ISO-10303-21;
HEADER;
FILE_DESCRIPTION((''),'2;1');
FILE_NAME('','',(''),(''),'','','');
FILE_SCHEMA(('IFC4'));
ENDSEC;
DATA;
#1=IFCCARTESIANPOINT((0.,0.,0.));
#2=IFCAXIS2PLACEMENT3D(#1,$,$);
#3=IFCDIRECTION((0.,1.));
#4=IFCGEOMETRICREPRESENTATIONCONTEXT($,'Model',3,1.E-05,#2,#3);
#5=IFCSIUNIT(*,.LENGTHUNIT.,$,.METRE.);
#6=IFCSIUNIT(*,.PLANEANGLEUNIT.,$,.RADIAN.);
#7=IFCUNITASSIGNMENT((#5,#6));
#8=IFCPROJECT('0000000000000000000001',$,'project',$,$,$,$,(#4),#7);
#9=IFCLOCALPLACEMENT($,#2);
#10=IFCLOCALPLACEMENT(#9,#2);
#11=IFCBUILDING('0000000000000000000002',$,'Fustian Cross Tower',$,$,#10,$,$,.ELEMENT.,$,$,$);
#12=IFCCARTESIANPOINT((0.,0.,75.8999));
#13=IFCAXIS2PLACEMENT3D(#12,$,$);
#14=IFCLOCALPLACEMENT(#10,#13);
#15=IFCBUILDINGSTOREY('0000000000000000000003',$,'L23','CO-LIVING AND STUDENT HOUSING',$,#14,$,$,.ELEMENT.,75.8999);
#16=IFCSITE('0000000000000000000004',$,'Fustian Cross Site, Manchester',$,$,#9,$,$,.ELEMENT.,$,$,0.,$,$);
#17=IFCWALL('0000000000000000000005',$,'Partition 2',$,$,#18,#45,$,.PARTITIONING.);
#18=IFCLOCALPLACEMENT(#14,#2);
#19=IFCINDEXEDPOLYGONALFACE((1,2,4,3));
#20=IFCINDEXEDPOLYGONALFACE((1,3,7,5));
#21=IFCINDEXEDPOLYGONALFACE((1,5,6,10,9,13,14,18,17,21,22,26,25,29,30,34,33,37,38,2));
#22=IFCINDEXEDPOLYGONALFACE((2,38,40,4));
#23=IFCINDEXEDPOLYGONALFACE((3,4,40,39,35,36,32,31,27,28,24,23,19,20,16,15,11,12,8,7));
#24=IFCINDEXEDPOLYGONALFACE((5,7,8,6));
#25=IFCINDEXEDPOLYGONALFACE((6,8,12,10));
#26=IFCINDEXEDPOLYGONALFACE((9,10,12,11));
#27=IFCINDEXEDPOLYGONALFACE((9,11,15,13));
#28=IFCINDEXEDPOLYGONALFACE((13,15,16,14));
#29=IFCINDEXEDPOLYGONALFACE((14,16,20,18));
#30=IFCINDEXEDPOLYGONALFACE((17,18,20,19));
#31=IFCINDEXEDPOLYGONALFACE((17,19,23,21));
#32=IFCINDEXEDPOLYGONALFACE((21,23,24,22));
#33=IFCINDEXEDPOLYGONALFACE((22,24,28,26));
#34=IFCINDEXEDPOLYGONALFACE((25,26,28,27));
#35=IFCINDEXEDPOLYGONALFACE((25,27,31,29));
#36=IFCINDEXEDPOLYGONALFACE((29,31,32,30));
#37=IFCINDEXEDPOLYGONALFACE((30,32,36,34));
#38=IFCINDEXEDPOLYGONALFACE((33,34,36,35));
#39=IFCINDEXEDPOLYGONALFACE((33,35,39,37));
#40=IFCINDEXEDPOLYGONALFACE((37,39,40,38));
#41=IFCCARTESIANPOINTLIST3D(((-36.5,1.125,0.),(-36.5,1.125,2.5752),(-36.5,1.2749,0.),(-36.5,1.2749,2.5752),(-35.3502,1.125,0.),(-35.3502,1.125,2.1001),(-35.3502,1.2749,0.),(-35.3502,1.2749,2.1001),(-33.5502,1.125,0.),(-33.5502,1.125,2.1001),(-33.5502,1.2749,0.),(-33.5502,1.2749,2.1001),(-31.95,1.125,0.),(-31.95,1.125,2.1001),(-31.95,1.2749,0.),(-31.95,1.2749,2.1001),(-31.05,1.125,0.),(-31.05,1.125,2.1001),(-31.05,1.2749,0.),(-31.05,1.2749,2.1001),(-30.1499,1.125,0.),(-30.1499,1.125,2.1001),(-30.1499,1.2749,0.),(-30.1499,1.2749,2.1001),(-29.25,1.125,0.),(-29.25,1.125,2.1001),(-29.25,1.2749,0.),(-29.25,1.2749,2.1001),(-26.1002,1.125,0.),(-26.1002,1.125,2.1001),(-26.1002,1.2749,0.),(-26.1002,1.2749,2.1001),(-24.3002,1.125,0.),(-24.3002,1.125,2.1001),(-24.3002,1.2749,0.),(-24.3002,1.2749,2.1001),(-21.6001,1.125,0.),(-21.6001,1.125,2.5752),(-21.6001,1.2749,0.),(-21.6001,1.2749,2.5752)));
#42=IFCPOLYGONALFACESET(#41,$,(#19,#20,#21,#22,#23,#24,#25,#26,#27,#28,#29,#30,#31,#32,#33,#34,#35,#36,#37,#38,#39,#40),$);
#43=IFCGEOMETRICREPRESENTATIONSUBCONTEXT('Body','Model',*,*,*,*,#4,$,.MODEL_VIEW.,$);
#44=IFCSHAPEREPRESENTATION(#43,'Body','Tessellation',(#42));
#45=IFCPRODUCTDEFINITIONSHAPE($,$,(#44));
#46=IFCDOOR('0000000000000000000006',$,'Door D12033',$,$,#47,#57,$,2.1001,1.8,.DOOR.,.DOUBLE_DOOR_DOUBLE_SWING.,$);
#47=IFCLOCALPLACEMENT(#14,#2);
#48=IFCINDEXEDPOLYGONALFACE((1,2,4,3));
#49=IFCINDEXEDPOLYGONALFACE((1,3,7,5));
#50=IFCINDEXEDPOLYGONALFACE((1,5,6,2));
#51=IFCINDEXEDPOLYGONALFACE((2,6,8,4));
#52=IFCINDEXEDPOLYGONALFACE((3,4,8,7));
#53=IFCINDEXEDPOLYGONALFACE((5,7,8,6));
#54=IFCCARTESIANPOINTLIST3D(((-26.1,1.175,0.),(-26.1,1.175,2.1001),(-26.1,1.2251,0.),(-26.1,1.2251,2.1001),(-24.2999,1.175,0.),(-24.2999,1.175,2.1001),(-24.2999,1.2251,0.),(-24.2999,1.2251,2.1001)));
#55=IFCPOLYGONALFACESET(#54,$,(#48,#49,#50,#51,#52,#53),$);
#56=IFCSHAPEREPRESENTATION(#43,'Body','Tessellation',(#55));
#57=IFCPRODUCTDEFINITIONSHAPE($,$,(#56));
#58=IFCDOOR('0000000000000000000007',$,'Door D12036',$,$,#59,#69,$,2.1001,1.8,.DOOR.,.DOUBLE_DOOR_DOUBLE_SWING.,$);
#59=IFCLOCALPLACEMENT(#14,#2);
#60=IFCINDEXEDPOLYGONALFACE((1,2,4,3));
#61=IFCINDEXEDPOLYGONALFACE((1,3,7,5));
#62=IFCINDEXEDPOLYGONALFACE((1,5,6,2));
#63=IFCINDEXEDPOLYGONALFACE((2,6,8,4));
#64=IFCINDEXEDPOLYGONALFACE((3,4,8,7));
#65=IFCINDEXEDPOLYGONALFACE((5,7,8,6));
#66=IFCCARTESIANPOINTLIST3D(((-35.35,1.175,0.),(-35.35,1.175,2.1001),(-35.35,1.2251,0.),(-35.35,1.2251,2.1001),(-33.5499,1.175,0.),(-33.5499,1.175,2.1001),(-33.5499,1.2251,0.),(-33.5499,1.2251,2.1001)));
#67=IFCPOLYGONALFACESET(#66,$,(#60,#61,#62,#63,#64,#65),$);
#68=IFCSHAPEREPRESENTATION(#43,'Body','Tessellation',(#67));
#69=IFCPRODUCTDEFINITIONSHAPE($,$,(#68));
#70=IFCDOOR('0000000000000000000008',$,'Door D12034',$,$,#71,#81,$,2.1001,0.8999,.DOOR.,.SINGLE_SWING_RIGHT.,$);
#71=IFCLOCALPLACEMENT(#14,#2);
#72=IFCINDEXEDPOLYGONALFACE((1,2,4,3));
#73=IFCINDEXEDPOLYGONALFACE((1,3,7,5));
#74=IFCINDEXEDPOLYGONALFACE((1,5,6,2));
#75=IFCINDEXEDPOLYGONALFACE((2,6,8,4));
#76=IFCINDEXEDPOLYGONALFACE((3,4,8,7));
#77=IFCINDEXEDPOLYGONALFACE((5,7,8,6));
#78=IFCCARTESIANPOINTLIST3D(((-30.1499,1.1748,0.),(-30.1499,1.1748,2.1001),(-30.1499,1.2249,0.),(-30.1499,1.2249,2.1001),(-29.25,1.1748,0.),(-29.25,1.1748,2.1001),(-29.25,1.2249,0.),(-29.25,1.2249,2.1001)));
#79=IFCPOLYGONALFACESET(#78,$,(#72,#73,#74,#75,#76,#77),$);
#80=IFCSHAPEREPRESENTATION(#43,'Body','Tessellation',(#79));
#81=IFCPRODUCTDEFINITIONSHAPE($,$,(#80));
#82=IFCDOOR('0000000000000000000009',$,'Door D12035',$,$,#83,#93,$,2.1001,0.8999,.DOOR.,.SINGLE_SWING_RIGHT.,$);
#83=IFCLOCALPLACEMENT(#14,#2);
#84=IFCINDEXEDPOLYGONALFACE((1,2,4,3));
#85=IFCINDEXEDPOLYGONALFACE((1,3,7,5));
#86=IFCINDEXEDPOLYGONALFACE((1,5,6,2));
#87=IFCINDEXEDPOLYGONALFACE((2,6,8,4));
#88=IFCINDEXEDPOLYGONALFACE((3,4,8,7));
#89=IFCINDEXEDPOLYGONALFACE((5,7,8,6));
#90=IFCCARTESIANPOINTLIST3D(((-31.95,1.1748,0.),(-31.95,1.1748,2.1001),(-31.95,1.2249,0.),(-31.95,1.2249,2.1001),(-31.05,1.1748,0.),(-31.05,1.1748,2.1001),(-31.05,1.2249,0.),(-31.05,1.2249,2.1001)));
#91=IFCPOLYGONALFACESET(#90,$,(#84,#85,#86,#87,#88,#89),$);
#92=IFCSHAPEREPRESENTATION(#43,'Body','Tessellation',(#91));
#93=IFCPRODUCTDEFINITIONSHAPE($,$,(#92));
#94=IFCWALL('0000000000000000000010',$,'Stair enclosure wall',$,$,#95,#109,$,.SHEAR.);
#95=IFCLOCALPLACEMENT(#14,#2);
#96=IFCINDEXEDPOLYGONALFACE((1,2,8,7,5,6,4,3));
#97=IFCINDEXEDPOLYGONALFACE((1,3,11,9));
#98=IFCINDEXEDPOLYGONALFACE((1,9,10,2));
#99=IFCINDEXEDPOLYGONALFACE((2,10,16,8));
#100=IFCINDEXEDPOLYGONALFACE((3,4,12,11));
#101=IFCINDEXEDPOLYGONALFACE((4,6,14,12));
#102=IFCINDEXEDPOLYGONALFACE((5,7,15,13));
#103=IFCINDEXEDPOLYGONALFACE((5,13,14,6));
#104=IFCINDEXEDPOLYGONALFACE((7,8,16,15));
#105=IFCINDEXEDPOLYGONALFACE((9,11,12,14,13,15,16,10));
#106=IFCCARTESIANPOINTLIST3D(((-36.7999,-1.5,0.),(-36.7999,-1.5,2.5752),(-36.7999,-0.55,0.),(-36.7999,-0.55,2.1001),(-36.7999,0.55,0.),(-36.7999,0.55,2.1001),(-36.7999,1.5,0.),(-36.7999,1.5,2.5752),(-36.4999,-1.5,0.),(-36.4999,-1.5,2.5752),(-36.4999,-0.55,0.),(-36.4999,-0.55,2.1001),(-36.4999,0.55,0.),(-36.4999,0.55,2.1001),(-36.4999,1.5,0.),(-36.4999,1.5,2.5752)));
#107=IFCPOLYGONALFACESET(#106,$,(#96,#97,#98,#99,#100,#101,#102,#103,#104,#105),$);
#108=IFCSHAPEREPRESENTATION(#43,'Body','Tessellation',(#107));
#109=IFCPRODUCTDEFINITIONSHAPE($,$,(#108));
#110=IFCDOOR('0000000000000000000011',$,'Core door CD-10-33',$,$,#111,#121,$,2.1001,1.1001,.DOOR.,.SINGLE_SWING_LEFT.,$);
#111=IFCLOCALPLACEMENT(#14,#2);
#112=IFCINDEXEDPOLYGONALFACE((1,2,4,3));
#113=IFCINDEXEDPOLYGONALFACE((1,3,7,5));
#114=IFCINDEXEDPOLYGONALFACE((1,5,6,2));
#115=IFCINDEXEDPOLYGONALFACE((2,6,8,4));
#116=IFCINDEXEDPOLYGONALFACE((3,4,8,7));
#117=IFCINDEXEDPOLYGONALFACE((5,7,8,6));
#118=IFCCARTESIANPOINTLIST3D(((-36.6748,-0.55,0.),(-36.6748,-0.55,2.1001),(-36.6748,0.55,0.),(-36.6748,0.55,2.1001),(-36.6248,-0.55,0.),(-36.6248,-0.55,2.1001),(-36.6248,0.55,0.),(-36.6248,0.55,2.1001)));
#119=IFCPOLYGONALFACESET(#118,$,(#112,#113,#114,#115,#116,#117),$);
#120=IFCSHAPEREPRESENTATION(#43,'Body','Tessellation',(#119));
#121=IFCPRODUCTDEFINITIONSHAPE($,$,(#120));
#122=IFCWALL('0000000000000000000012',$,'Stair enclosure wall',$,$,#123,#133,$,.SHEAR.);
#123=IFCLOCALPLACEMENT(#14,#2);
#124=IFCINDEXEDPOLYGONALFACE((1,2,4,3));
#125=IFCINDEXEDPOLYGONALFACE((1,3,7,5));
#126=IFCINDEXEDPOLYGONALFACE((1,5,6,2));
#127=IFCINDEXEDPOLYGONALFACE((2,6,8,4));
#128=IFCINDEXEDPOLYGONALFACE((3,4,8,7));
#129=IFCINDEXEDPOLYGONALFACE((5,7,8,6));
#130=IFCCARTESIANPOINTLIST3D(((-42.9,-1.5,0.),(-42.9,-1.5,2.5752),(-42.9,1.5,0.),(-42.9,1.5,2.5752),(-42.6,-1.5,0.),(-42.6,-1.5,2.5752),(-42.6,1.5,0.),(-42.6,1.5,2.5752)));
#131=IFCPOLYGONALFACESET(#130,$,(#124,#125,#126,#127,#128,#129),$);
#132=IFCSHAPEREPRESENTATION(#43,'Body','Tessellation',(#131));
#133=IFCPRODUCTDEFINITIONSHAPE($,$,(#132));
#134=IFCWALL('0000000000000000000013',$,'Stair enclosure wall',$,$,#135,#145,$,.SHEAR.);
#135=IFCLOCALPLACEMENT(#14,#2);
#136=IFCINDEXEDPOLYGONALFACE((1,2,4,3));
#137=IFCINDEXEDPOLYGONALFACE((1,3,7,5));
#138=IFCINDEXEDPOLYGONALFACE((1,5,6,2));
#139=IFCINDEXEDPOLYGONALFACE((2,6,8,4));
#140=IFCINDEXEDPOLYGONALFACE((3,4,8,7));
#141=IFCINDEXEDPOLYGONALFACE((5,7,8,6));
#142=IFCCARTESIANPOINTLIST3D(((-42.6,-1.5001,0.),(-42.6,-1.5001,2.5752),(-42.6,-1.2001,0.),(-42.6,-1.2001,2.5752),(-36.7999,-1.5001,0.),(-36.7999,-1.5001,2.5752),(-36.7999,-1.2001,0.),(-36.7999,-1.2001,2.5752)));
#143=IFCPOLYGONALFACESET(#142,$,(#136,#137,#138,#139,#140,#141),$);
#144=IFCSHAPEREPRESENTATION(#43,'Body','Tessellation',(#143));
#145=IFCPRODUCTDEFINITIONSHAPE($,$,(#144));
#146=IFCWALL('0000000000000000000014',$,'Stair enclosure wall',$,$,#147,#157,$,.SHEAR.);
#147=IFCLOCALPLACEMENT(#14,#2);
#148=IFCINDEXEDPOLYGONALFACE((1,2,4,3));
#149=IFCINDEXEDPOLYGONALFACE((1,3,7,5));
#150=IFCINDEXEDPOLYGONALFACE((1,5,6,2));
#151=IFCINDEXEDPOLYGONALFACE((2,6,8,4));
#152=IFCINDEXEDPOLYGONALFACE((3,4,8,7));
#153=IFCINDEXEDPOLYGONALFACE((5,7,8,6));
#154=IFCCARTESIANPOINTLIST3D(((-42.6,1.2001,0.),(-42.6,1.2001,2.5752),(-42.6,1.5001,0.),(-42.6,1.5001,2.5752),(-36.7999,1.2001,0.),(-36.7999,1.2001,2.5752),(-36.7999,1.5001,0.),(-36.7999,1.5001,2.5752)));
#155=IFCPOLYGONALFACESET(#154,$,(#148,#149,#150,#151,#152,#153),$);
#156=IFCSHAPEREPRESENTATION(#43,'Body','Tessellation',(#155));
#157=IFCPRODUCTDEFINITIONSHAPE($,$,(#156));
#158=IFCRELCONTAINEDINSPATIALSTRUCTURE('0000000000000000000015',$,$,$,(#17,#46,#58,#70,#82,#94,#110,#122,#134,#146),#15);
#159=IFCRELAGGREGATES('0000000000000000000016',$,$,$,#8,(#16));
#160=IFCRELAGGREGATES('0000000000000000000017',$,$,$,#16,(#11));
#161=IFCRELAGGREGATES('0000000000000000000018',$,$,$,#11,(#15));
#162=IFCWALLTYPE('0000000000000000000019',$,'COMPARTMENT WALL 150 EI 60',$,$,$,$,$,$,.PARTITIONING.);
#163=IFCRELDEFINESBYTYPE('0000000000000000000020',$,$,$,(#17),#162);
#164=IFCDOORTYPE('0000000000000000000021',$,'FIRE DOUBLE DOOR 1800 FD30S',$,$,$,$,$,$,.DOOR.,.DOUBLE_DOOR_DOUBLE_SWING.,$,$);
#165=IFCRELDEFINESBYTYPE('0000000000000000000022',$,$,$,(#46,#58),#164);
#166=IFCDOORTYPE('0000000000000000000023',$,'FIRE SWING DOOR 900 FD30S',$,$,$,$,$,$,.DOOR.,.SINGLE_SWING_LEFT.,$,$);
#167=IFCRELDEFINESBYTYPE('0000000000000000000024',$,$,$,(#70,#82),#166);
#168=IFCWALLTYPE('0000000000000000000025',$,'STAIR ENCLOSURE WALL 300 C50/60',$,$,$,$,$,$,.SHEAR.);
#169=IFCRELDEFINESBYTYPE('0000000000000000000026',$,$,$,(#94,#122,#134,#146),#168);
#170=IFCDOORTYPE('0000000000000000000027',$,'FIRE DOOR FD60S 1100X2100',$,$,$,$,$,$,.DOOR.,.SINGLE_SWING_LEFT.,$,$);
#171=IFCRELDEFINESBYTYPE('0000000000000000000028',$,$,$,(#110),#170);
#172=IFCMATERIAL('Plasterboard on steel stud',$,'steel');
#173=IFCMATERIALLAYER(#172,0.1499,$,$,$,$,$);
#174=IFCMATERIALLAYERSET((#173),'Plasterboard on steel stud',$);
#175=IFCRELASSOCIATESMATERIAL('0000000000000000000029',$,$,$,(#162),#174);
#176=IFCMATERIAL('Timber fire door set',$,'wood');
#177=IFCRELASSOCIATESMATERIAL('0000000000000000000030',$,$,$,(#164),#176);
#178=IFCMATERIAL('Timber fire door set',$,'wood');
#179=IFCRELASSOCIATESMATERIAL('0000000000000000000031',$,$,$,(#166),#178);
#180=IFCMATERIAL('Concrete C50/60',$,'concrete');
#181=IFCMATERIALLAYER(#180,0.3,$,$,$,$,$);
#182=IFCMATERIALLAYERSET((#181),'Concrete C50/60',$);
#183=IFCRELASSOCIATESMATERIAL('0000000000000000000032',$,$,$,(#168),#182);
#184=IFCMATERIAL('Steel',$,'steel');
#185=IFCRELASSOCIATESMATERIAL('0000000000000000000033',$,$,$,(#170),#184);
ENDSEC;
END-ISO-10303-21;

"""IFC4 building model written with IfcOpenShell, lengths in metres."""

from ifc_helpers import new_model, si_unit, direction, frame, frame_2d, origin, place, context, subcontext, project, spatial, rectangle, extrude, material, layer, layer_set, type_object, element, fill, save


model = new_model("IFC4")

# Units and contexts
model_context = context("Model", 3, precision=1e-05, world=origin(), true_north=direction((0.0, 1.0)))
body_context = subcontext(model_context, "Body", "Model", "MODEL_VIEW")
ifc_project = project(units=[si_unit("LENGTHUNIT", "METRE"), si_unit("PLANEANGLEUNIT", "RADIAN")], contexts=[model_context])

# Site, building, storey
site_placement = place(None, origin())
site = spatial("IfcSite", under=ifc_project, at=site_placement, Name="Fustian Cross Site, Manchester", CompositionType="ELEMENT", RefElevation=0.0)
building_placement = place(site_placement, origin())
building = spatial("IfcBuilding", under=site, at=building_placement, Name="Fustian Cross Tower", CompositionType="ELEMENT")
storey_placement = place(building_placement, frame((0.0, 0.0, 75.8999)))
storey = spatial("IfcBuildingStorey", under=building, at=storey_placement, Name="L23", Description="CO-LIVING AND STUDENT HOUSING", CompositionType="ELEMENT", Elevation=75.8999)

# Wall, openings, doors
ifc_material_1 = material(Name="Plasterboard on steel stud", Category="steel")
ifc_layer_1 = layer(ifc_material_1, 0.1499)
ifc_layer_set_1 = layer_set([ifc_layer_1], Name="Plasterboard on steel stud")
wall_type_1 = type_object("IfcWallType", Name="COMPARTMENT WALL 150 EI 60", PredefinedType="PARTITIONING", material=ifc_layer_set_1)
ifc_material_2 = material(Name="Timber fire door set", Category="wood")
door_type_1 = type_object("IfcDoorType", Name="FIRE DOUBLE DOOR 1800 FD30S", OperationType="DOUBLE_DOOR_DOUBLE_SWING", PredefinedType="DOOR", material=ifc_material_2)
ifc_material_3 = material(Name="Timber fire door set", Category="wood")
door_type_2 = type_object("IfcDoorType", Name="FIRE SWING DOOR 900 FD30S", OperationType="SINGLE_SWING_LEFT", PredefinedType="DOOR", material=ifc_material_3)
wall_1_placement = place(storey_placement, frame((-36.5, 1.2, 0.0), z_axis=(0.0, 0.0, 1.0), x_axis=(1.0, 0.0, 0.0)))
wall_1 = element("IfcWall", 1, at=wall_1_placement, inside=storey, type_object=wall_type_1, Name="Partition 2", PredefinedType="PARTITIONING", context=body_context, shape_type="SweptSolid", body=[
    extrude(rectangle(XDim=14.8999, YDim=0.1499, at=frame_2d((7.45, 0.0))), origin(), (0.0, 0.0, 1.0), 2.5752),
])
opening_1_placement = place(wall_1_placement, frame((10.3999, 0.0, 0.0)))
opening_1 = element("IfcOpeningElement", 2, at=opening_1_placement, cuts=wall_1, PredefinedType="OPENING", context=body_context, shape_type="SweptSolid", body=[
    extrude(rectangle(XDim=1.8, YDim=2.1001, at=frame_2d((0.8999, 1.05))), frame((0.0, 0.085, 0.0), z_axis=(0.0, -1.0, 0.0), x_axis=(1.0, 0.0, 0.0)), (0.0, 0.0, 1.0), 0.1699),
])
opening_2_placement = place(wall_1_placement, frame((6.3501, 0.0, 0.0)))
opening_2 = element("IfcOpeningElement", 3, at=opening_2_placement, cuts=wall_1, PredefinedType="OPENING", context=body_context, shape_type="SweptSolid", body=[
    extrude(rectangle(XDim=0.8999, YDim=2.1001, at=frame_2d((0.45, 1.05))), frame((0.0, 0.085, 0.0), z_axis=(0.0, -1.0, 0.0), x_axis=(1.0, 0.0, 0.0)), (0.0, 0.0, 1.0), 0.1699),
])
opening_3_placement = place(wall_1_placement, frame((4.55, 0.0, 0.0)))
opening_3 = element("IfcOpeningElement", 4, at=opening_3_placement, cuts=wall_1, PredefinedType="OPENING", context=body_context, shape_type="SweptSolid", body=[
    extrude(rectangle(XDim=0.8999, YDim=2.1001, at=frame_2d((0.45, 1.05))), frame((0.0, 0.085, 0.0), z_axis=(0.0, -1.0, 0.0), x_axis=(1.0, 0.0, 0.0)), (0.0, 0.0, 1.0), 0.1699),
])
opening_4_placement = place(wall_1_placement, frame((1.1499, 0.0, 0.0)))
opening_4 = element("IfcOpeningElement", 5, at=opening_4_placement, cuts=wall_1, PredefinedType="OPENING", context=body_context, shape_type="SweptSolid", body=[
    extrude(rectangle(XDim=1.8, YDim=2.1001, at=frame_2d((0.8999, 1.05))), frame((0.0, 0.085, 0.0), z_axis=(0.0, -1.0, 0.0), x_axis=(1.0, 0.0, 0.0)), (0.0, 0.0, 1.0), 0.1699),
])
door_1_placement = place(opening_1_placement, frame((1.8, 0.0, 0.0), z_axis=(0.0, 0.0, 1.0), x_axis=(-1.0, 0.0, 0.0)))
door_1 = element("IfcDoor", 6, at=door_1_placement, inside=storey, type_object=door_type_1, Name="Door D12033", OperationType="DOUBLE_DOOR_DOUBLE_SWING", OverallHeight=2.1001, OverallWidth=1.8, PredefinedType="DOOR", context=body_context, shape_type="SweptSolid", body=[
    extrude(rectangle(XDim=1.8, YDim=2.1001, at=frame_2d((0.8999, 1.05))), frame((0.0, 0.0249, 0.0), z_axis=(0.0, -1.0, 0.0), x_axis=(1.0, 0.0, 0.0)), (0.0, 0.0, 1.0), 0.05),
])
fill(opening_1, door_1)
door_2_placement = place(opening_4_placement, frame((1.8, 0.0, 0.0), z_axis=(0.0, 0.0, 1.0), x_axis=(-1.0, 0.0, 0.0)))
door_2 = element("IfcDoor", 7, at=door_2_placement, inside=storey, type_object=door_type_1, Name="Door D12036", OperationType="DOUBLE_DOOR_DOUBLE_SWING", OverallHeight=2.1001, OverallWidth=1.8, PredefinedType="DOOR", context=body_context, shape_type="SweptSolid", body=[
    extrude(rectangle(XDim=1.8, YDim=2.1001, at=frame_2d((0.8999, 1.05))), frame((0.0, 0.0249, 0.0), z_axis=(0.0, -1.0, 0.0), x_axis=(1.0, 0.0, 0.0)), (0.0, 0.0, 1.0), 0.05),
])
fill(opening_4, door_2)
door_3_placement = place(opening_2_placement, origin())
door_3 = element("IfcDoor", 8, at=door_3_placement, inside=storey, type_object=door_type_2, Name="Door D12034", OperationType="SINGLE_SWING_RIGHT", OverallHeight=2.1001, OverallWidth=0.8999, PredefinedType="DOOR", context=body_context, shape_type="SweptSolid", body=[
    extrude(rectangle(XDim=0.8999, YDim=2.1001, at=frame_2d((0.45, 1.05))), frame((0.0, 0.0249, 0.0), z_axis=(0.0, -1.0, 0.0), x_axis=(1.0, 0.0, 0.0)), (0.0, 0.0, 1.0), 0.05),
])
fill(opening_2, door_3)
door_4_placement = place(opening_3_placement, origin())
door_4 = element("IfcDoor", 9, at=door_4_placement, inside=storey, type_object=door_type_2, Name="Door D12035", OperationType="SINGLE_SWING_RIGHT", OverallHeight=2.1001, OverallWidth=0.8999, PredefinedType="DOOR", context=body_context, shape_type="SweptSolid", body=[
    extrude(rectangle(XDim=0.8999, YDim=2.1001, at=frame_2d((0.45, 1.05))), frame((0.0, 0.0249, 0.0), z_axis=(0.0, -1.0, 0.0), x_axis=(1.0, 0.0, 0.0)), (0.0, 0.0, 1.0), 0.05),
])
fill(opening_3, door_4)

# Wall, opening, door
ifc_material_4 = material(Name="Concrete C50/60", Category="concrete")
ifc_layer_2 = layer(ifc_material_4, 0.3)
ifc_layer_set_2 = layer_set([ifc_layer_2], Name="Concrete C50/60")
wall_type_2 = type_object("IfcWallType", Name="STAIR ENCLOSURE WALL 300 C50/60", PredefinedType="SHEAR", material=ifc_layer_set_2)
wall_2_placement = place(storey_placement, frame((-36.6499, -1.5, 0.0), z_axis=(0.0, 0.0, 1.0), x_axis=(0.0, 1.0, 0.0)))
wall_2 = element("IfcWall", 10, at=wall_2_placement, inside=storey, type_object=wall_type_2, Name="Stair enclosure wall", PredefinedType="SHEAR", context=body_context, shape_type="SweptSolid", body=[
    extrude(rectangle(XDim=3.0, YDim=0.3, at=frame_2d((1.5, 0.0))), origin(), (0.0, 0.0, 1.0), 2.5752),
])
opening_5_placement = place(wall_2_placement, frame((0.95, 0.0, 0.0)))
opening_5 = element("IfcOpeningElement", 11, at=opening_5_placement, cuts=wall_2, PredefinedType="OPENING", context=body_context, shape_type="SweptSolid", body=[
    extrude(rectangle(XDim=1.1001, YDim=2.1001, at=frame_2d((0.55, 1.05))), frame((0.0, 0.1599, 0.0), z_axis=(0.0, -1.0, 0.0), x_axis=(1.0, 0.0, 0.0)), (0.0, 0.0, 1.0), 0.3201),
])
ifc_material_5 = material(Name="Steel", Category="steel")
door_type_3 = type_object("IfcDoorType", Name="FIRE DOOR FD60S 1100X2100", OperationType="SINGLE_SWING_LEFT", PredefinedType="DOOR", material=ifc_material_5)
door_5_placement = place(opening_5_placement, origin())
door_5 = element("IfcDoor", 12, at=door_5_placement, inside=storey, type_object=door_type_3, Name="Core door CD-10-33", OperationType="SINGLE_SWING_LEFT", OverallHeight=2.1001, OverallWidth=1.1001, PredefinedType="DOOR", context=body_context, shape_type="SweptSolid", body=[
    extrude(rectangle(XDim=1.1001, YDim=2.1001, at=frame_2d((0.55, 1.05))), frame((0.0, 0.0249, 0.0), z_axis=(0.0, -1.0, 0.0), x_axis=(1.0, 0.0, 0.0)), (0.0, 0.0, 1.0), 0.05),
])
fill(opening_5, door_5)

# Walls
wall_3_placement = place(storey_placement, frame((-42.75, -1.5, 0.0), z_axis=(0.0, 0.0, 1.0), x_axis=(0.0, 1.0, 0.0)))
element("IfcWall", 13, at=wall_3_placement, inside=storey, type_object=wall_type_2, Name="Stair enclosure wall", PredefinedType="SHEAR", context=body_context, shape_type="SweptSolid", body=[
    extrude(rectangle(XDim=3.0, YDim=0.3, at=frame_2d((1.5, 0.0))), origin(), (0.0, 0.0, 1.0), 2.5752),
])
for number, where, z_axis, x_axis, name in (
    (14, (-36.8, -1.3501, 0.0), (0.0, 0.0, 1.0), (-1.0, 0.0, 0.0), "Stair enclosure wall"),
    (15, (-36.8, 1.3501, 0.0), (0.0, 0.0, 1.0), (-1.0, 0.0, 0.0), "Stair enclosure wall"),
):
    element("IfcWall", number, at=place(storey_placement, frame(where, z_axis=z_axis, x_axis=x_axis)), inside=storey, type_object=wall_type_2, Name=name, PredefinedType="SHEAR", context=body_context, shape_type="SweptSolid", body=[
        extrude(rectangle(XDim=5.8, YDim=0.3, at=frame_2d((2.8999, 0.0))), origin(), (0.0, 0.0, 1.0), 2.5752),
    ])

save(model, "model.ifc")
